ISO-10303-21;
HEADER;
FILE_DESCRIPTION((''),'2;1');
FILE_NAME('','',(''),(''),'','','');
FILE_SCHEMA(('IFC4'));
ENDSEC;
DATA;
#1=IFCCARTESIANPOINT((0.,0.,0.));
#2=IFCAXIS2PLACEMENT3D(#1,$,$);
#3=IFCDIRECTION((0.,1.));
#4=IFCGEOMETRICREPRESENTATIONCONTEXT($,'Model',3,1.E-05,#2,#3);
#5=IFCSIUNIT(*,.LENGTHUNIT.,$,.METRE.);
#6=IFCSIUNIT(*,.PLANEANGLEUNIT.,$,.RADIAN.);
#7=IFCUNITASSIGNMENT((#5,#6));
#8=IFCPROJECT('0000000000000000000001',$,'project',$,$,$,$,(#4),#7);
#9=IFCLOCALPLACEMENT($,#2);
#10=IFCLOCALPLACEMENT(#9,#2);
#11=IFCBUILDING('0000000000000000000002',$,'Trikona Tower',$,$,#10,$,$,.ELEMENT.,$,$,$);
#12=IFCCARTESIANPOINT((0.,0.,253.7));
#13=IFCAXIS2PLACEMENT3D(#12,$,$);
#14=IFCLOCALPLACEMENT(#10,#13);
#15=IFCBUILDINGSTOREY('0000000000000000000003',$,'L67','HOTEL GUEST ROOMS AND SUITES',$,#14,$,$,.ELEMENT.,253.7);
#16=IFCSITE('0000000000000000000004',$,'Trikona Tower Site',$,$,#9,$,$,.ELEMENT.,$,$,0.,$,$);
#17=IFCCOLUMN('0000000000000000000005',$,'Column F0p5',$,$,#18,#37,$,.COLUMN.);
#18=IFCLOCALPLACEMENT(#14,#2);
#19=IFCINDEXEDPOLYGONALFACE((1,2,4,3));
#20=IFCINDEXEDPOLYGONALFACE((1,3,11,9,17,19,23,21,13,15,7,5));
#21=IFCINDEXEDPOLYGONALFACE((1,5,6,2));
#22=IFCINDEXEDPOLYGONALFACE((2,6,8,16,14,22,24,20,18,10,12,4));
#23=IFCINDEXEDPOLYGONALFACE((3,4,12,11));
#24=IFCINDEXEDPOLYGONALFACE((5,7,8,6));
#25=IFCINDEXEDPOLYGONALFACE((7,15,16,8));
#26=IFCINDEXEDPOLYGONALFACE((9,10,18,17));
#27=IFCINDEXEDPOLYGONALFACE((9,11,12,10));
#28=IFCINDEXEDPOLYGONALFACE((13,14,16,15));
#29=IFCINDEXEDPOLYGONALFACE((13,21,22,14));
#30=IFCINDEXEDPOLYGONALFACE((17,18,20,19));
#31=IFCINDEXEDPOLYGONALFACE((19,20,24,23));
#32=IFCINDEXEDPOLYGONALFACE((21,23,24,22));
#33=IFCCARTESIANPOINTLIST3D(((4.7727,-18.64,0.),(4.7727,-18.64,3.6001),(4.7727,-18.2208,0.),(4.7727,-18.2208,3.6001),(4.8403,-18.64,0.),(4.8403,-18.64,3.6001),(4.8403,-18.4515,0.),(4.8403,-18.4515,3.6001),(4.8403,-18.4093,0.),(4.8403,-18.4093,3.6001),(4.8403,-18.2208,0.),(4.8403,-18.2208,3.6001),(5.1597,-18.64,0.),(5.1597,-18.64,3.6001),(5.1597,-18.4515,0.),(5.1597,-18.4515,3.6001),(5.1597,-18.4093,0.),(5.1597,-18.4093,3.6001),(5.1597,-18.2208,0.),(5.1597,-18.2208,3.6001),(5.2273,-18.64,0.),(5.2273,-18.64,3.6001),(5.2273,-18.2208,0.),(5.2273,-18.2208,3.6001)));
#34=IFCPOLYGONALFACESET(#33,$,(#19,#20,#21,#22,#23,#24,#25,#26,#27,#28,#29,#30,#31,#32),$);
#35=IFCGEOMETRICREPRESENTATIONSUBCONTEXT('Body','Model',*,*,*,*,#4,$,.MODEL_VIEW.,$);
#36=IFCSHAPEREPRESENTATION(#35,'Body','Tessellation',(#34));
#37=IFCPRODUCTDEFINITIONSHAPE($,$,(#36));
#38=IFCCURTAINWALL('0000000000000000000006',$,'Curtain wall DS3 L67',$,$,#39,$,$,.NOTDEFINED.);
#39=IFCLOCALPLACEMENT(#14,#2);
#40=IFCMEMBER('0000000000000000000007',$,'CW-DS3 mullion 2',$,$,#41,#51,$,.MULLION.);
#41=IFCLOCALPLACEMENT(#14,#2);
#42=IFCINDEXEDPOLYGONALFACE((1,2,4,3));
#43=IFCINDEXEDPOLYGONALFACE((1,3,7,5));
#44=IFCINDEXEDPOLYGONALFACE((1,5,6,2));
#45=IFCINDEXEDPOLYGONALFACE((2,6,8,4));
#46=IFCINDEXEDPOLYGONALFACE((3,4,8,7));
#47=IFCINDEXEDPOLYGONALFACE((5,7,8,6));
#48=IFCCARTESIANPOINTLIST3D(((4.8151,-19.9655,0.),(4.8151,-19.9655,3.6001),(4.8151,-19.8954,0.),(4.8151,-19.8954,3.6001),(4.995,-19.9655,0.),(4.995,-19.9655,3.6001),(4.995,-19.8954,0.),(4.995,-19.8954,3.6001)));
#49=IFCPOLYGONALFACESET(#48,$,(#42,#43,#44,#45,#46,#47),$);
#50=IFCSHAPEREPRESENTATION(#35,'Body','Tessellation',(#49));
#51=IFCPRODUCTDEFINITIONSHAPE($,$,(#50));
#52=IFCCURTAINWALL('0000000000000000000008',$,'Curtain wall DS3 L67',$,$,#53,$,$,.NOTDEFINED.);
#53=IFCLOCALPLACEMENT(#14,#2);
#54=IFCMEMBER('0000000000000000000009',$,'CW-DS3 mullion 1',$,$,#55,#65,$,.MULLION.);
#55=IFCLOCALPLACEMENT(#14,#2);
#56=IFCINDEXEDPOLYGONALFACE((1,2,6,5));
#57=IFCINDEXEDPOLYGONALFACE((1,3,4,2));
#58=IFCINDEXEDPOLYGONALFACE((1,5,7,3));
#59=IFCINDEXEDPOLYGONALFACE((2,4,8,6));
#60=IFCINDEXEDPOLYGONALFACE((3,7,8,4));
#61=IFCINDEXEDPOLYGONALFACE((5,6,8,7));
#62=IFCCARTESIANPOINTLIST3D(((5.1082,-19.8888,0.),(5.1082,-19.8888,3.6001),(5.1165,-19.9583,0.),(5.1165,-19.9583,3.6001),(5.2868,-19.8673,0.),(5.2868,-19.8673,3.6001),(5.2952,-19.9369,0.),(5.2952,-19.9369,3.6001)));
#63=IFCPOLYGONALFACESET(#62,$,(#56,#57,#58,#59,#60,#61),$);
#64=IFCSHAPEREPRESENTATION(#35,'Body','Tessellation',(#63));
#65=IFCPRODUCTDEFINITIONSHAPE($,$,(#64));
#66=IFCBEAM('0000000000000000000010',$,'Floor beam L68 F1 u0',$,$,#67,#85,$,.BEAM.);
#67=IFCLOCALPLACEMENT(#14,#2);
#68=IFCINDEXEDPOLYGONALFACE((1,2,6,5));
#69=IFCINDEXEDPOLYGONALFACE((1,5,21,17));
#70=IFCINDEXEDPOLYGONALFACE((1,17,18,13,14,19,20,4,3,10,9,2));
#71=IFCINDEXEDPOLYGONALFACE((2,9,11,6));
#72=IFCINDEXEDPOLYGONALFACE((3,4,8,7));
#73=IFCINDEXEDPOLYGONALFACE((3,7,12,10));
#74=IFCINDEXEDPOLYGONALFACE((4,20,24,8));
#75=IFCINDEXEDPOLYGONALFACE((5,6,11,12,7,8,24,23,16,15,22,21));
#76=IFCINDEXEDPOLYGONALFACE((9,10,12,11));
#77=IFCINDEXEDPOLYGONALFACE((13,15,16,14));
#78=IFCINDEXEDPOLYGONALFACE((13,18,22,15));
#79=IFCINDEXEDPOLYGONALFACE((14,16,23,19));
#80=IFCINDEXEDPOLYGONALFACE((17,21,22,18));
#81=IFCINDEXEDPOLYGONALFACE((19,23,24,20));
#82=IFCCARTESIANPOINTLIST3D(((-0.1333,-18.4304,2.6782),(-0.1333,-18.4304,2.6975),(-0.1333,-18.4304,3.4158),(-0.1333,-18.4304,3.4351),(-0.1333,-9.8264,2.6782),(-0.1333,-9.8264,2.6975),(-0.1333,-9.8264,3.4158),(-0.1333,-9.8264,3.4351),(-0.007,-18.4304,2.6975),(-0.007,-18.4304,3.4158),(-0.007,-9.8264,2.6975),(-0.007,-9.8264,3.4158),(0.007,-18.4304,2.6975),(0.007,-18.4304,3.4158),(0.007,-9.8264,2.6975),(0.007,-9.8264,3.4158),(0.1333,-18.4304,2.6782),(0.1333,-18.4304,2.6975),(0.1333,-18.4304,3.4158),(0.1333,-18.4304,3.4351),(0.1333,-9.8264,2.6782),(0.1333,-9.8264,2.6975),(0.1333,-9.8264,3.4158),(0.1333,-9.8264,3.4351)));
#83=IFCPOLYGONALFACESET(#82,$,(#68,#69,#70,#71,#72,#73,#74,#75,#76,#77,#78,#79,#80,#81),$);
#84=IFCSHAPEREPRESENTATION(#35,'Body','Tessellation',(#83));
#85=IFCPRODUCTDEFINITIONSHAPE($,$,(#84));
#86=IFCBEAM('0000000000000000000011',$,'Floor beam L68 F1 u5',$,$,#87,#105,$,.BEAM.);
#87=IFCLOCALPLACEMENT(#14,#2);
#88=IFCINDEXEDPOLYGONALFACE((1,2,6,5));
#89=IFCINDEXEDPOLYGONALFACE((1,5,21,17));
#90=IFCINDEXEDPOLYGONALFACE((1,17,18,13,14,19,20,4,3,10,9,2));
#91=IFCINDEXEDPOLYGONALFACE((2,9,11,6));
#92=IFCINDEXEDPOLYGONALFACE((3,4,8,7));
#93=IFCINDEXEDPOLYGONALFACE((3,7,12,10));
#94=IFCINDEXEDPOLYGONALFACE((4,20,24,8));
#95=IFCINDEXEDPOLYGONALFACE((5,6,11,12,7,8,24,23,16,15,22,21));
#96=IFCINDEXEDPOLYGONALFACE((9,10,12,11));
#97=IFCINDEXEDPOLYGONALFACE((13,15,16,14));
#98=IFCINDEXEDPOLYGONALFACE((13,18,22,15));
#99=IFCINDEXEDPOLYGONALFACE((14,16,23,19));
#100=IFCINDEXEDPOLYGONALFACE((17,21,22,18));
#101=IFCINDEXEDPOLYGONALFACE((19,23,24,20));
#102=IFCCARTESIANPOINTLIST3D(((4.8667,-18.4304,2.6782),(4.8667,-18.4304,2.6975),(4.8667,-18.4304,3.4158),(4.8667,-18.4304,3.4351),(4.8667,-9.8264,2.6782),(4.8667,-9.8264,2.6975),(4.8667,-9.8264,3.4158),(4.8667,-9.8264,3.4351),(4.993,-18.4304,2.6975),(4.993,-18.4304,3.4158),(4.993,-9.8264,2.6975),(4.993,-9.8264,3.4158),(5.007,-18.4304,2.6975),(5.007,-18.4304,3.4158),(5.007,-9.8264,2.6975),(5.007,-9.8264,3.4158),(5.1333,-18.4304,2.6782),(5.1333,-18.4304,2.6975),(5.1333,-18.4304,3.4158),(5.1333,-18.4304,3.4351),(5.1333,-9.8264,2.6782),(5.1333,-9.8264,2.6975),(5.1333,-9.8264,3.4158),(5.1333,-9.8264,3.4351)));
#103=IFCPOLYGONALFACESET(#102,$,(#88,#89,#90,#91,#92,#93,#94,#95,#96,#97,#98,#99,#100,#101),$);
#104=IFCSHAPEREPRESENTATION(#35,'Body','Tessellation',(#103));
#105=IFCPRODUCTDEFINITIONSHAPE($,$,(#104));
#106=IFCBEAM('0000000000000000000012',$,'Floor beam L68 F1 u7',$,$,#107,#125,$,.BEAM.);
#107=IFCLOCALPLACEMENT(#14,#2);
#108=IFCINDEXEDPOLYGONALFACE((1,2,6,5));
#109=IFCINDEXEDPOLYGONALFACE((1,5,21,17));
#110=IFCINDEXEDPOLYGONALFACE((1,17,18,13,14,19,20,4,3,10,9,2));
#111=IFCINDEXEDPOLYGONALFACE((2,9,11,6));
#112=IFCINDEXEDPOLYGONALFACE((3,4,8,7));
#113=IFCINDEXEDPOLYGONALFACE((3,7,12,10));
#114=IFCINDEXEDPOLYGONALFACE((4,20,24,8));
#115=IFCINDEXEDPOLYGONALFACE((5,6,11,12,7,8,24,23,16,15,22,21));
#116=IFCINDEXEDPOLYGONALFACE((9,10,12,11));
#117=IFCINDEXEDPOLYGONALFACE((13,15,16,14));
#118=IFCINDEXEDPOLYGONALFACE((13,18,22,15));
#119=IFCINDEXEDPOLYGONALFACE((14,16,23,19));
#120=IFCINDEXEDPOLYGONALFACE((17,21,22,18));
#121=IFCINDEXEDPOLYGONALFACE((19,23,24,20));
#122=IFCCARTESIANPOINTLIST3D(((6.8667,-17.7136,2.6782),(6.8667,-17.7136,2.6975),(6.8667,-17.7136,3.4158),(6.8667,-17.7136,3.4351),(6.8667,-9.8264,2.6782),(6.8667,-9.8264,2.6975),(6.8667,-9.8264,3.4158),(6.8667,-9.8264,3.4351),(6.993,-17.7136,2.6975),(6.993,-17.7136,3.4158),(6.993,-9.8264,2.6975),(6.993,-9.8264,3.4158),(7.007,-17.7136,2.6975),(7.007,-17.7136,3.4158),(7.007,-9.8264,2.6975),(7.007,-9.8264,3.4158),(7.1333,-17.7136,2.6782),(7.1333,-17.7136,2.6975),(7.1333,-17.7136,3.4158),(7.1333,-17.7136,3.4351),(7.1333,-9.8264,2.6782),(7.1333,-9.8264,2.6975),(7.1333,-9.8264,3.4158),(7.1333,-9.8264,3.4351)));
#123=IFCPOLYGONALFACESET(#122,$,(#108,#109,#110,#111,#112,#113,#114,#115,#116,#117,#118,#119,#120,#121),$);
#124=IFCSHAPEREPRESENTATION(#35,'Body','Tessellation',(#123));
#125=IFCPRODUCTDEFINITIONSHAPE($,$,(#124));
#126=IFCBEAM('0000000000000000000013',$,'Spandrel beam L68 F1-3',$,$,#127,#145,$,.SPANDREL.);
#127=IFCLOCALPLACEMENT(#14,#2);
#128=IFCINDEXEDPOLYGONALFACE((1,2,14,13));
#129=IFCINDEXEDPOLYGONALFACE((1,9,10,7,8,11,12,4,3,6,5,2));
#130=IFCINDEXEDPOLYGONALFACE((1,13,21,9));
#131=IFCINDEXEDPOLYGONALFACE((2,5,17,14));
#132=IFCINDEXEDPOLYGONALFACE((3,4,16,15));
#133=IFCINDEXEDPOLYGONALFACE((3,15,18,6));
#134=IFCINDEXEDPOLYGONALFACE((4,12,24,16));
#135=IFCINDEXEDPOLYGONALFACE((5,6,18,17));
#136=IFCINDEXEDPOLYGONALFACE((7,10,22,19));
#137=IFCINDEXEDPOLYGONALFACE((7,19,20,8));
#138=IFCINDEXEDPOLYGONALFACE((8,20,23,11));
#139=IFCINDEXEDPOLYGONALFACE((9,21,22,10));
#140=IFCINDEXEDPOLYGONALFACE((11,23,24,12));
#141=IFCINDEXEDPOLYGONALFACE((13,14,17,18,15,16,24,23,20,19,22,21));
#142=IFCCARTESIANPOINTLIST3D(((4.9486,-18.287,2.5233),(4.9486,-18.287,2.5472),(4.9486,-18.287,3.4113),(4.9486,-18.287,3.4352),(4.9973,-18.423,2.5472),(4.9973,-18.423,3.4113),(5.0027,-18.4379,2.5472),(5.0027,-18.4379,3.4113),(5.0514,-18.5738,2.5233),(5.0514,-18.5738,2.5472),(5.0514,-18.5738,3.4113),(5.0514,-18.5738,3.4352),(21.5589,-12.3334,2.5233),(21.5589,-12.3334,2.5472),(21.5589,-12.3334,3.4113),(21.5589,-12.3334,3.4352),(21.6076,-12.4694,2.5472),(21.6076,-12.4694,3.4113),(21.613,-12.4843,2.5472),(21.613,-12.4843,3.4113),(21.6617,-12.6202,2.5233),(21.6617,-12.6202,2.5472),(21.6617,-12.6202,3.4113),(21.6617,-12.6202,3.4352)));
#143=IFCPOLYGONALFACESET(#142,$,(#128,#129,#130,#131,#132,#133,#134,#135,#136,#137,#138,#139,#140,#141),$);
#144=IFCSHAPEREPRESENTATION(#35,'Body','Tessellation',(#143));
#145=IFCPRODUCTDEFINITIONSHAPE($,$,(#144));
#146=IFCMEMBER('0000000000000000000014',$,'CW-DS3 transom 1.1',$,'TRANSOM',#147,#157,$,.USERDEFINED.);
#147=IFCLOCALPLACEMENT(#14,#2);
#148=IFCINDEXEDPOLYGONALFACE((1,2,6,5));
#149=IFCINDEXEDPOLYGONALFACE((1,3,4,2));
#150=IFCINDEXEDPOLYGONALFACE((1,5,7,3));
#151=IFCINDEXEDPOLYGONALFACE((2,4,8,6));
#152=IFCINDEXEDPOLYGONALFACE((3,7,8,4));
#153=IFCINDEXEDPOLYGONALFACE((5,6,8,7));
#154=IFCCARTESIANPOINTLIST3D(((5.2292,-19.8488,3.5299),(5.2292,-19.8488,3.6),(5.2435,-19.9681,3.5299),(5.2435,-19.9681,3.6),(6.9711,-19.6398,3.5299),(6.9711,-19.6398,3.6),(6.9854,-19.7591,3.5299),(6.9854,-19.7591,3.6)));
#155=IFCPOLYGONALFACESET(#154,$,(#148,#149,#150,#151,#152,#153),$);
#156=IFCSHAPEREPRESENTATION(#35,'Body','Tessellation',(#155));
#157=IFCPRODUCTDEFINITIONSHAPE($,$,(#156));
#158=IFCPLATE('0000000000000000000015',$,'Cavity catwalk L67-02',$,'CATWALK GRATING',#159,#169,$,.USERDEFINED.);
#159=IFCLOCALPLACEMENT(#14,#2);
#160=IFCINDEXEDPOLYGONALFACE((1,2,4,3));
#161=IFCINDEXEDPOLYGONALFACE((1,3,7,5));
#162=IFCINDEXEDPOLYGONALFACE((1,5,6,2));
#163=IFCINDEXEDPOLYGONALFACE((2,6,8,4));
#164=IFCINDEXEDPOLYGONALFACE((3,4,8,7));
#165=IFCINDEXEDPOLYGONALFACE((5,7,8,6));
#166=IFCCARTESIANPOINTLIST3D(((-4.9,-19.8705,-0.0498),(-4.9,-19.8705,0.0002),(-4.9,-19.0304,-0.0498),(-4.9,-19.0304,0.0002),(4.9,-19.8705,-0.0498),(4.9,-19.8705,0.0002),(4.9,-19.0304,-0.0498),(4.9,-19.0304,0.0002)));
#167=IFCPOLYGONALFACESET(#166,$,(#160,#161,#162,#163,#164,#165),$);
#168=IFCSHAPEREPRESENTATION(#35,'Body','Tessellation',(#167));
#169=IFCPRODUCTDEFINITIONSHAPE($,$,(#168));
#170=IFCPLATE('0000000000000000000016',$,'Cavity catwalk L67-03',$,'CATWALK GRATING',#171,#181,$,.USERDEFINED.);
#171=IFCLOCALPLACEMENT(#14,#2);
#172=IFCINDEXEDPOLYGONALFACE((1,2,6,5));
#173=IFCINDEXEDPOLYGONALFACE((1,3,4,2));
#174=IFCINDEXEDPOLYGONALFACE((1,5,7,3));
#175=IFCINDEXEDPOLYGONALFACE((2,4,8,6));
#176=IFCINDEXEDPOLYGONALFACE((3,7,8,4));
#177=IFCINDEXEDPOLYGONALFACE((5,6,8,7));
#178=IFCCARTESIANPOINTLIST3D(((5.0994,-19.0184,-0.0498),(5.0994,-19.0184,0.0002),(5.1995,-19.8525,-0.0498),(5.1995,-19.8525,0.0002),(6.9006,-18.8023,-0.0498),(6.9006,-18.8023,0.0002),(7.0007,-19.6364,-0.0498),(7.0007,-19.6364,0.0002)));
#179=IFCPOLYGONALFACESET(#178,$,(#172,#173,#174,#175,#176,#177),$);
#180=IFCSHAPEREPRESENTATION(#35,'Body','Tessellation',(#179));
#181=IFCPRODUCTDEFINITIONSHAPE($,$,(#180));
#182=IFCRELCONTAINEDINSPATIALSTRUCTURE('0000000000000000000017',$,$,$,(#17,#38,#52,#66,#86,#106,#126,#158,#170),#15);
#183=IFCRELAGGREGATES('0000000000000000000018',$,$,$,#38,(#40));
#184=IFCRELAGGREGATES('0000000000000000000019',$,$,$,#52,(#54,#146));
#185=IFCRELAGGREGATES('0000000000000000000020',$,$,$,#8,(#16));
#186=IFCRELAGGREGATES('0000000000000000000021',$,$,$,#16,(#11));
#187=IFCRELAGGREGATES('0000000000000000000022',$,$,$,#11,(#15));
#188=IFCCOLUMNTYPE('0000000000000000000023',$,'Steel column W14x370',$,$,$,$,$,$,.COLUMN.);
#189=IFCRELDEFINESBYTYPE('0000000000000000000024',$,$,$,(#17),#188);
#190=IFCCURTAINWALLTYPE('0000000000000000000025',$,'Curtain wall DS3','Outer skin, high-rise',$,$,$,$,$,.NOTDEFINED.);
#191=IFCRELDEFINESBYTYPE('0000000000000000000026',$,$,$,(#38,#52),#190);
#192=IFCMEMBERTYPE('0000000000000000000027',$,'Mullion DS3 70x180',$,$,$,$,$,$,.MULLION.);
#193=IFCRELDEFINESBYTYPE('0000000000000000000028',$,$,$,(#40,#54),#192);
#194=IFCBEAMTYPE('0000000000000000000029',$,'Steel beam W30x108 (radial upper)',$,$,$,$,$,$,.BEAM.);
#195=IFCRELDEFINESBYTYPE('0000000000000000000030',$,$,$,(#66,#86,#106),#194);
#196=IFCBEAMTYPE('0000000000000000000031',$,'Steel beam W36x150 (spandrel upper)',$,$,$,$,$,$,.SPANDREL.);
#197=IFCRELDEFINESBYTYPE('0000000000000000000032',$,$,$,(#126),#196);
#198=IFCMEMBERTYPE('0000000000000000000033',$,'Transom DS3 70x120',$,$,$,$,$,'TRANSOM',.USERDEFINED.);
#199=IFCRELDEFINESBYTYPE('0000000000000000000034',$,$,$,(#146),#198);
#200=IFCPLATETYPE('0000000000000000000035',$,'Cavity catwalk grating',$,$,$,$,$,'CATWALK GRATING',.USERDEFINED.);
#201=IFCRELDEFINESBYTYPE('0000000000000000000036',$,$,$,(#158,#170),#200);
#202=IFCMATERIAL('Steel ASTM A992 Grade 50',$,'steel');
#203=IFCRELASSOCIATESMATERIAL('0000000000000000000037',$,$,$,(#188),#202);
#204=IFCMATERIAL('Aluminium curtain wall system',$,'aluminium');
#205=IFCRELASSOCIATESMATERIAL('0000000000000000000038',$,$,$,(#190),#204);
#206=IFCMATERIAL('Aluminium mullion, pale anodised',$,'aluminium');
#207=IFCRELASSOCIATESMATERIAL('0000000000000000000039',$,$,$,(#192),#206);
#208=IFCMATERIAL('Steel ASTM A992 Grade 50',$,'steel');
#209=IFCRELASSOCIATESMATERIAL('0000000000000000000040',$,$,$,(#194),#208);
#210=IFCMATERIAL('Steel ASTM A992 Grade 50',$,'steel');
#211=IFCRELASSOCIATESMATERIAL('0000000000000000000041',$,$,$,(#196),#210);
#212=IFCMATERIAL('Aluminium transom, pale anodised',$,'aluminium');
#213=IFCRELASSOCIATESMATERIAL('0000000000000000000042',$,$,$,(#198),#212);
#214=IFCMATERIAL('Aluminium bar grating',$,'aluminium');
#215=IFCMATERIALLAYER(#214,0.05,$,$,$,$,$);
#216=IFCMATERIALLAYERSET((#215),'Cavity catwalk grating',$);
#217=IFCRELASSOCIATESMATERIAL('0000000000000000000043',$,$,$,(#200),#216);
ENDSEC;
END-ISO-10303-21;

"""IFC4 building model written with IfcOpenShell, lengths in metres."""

from ifc_helpers import new_model, si_unit, direction, frame, origin, origin_2d, place, context, subcontext, project, spatial, rectangle, i_section, extrude, material, layer, layer_set, material_profile, profile_set, type_object, element, aggregate, save


model = new_model("IFC4")

# Units and contexts
model_context = context("Model", 3, precision=1e-05, world=origin(), true_north=direction((0.0, 1.0)))
body_context = subcontext(model_context, "Body", "Model", "MODEL_VIEW")
ifc_project = project(units=[si_unit("LENGTHUNIT", "METRE"), si_unit("PLANEANGLEUNIT", "RADIAN")], contexts=[model_context])

# Site, building, storey
site_placement = place(None, origin())
site = spatial("IfcSite", under=ifc_project, at=site_placement, Name="Trikona Tower Site", CompositionType="ELEMENT", RefElevation=0.0)
building_placement = place(site_placement, origin())
building = spatial("IfcBuilding", under=site, at=building_placement, Name="Trikona Tower", CompositionType="ELEMENT")
storey_placement = place(building_placement, frame((0.0, 0.0, 253.7)))
storey = spatial("IfcBuildingStorey", under=building, at=storey_placement, Name="L67", Description="HOTEL GUEST ROOMS AND SUITES", CompositionType="ELEMENT", Elevation=253.7)

# Column
ifc_material_1 = material(Name="Steel ASTM A992 Grade 50", Category="steel")
ifc_material_profile_1 = material_profile(ifc_material_1, i_section(OverallWidth=0.4192, OverallDepth=0.4546, WebThickness=0.0422, FlangeThickness=0.0676, at=origin_2d()), Name="W14X370")
ifc_profile_set_1 = profile_set([ifc_material_profile_1], Name="Steel ASTM A992 Grade 50")
column_type = type_object("IfcColumnType", Name="Steel column W14x370", PredefinedType="COLUMN", material=ifc_profile_set_1)
column_placement = place(storey_placement, frame((5.0, -18.4304, 0.0), z_axis=(0.0, 0.0, 1.0), x_axis=(0.0, -1.0, 0.0)))
element("IfcColumn", 1, at=column_placement, inside=storey, type_object=column_type, Name="Column F0p5", PredefinedType="COLUMN", context=body_context, shape_type="SweptSolid", body=[
    extrude(i_section(OverallWidth=0.4192, OverallDepth=0.4546, WebThickness=0.0422, FlangeThickness=0.0676, at=origin_2d()), origin(), (0.0, 0.0, 1.0), 3.6001),
])

# Curtain walls, members
ifc_material_2 = material(Name="Aluminium curtain wall system", Category="aluminium")
curtain_wall_type = type_object("IfcCurtainWallType", Name="Curtain wall DS3", Description="Outer skin, high-rise", PredefinedType="NOTDEFINED", material=ifc_material_2)
curtain_wall_1_placement = place(storey_placement, origin())
curtain_wall_1 = element("IfcCurtainWall", 2, at=curtain_wall_1_placement, inside=storey, type_object=curtain_wall_type, Name="Curtain wall DS3 L67", PredefinedType="NOTDEFINED")
ifc_material_3 = material(Name="Aluminium mullion, pale anodised", Category="aluminium")
ifc_material_profile_2 = material_profile(ifc_material_3, rectangle(XDim=0.0701, YDim=0.1799, at=origin_2d()), Name="MUL-DS3")
ifc_profile_set_2 = profile_set([ifc_material_profile_2], Name="Aluminium mullion, pale anodised")
member_type_1 = type_object("IfcMemberType", Name="Mullion DS3 70x180", PredefinedType="MULLION", material=ifc_profile_set_2)
member_1_placement = place(storey_placement, frame((4.905, -19.9304, 0.0), z_axis=(0.0, 0.0, 1.0), x_axis=(0.0, 1.0, 0.0)))
member_1 = element("IfcMember", 3, at=member_1_placement, type_object=member_type_1, Name="CW-DS3 mullion 2", PredefinedType="MULLION", context=body_context, shape_type="SweptSolid", body=[
    extrude(rectangle(XDim=0.0701, YDim=0.1799, at=origin_2d()), origin(), (0.0, 0.0, 1.0), 3.6001),
])
curtain_wall_2_placement = place(storey_placement, origin())
curtain_wall_2 = element("IfcCurtainWall", 4, at=curtain_wall_2_placement, inside=storey, type_object=curtain_wall_type, Name="Curtain wall DS3 L67", PredefinedType="NOTDEFINED")
member_2_placement = place(storey_placement, frame((5.2017, -19.9128, 0.0), z_axis=(0.0, 0.0, 1.0), x_axis=(-0.119141, 0.992877, 0.0)))
member_2 = element("IfcMember", 5, at=member_2_placement, type_object=member_type_1, Name="CW-DS3 mullion 1", PredefinedType="MULLION", context=body_context, shape_type="SweptSolid", body=[
    extrude(rectangle(XDim=0.0701, YDim=0.1799, at=origin_2d()), origin(), (0.0, 0.0, 1.0), 3.6001),
])

# Beams
ifc_material_4 = material(Name="Steel ASTM A992 Grade 50", Category="steel")
ifc_material_profile_3 = material_profile(ifc_material_4, i_section(OverallWidth=0.2666, OverallDepth=0.7568, WebThickness=0.0139, FlangeThickness=0.0193, at=origin_2d()), Name="W30X108")
ifc_profile_set_3 = profile_set([ifc_material_profile_3], Name="Steel ASTM A992 Grade 50")
beam_type_1 = type_object("IfcBeamType", Name="Steel beam W30x108 (radial upper)", PredefinedType="BEAM", material=ifc_profile_set_3)
for number, where, z_axis, x_axis, name in (
    (6, (0.0, -9.8264, 3.0566), (0.0, -1.0, 0.0), (1.0, 0.0, 0.0), "Floor beam L68 F1 u0"),
    (7, (5.0, -9.8264, 3.0566), (0.0, -1.0, 0.0), (1.0, 0.0, 0.0), "Floor beam L68 F1 u5"),
):
    element("IfcBeam", number, at=place(storey_placement, frame(where, z_axis=z_axis, x_axis=x_axis)), inside=storey, type_object=beam_type_1, Name=name, PredefinedType="BEAM", context=body_context, shape_type="SweptSolid", body=[
        extrude(i_section(OverallWidth=0.2666, OverallDepth=0.7568, WebThickness=0.0139, FlangeThickness=0.0193, at=origin_2d()), origin(), (0.0, 0.0, 1.0), 8.604),
    ])
beam_1_placement = place(storey_placement, frame((7.0, -9.8264, 3.0566), z_axis=(0.0, -1.0, 0.0), x_axis=(1.0, 0.0, 0.0)))
element("IfcBeam", 8, at=beam_1_placement, inside=storey, type_object=beam_type_1, Name="Floor beam L68 F1 u7", PredefinedType="BEAM", context=body_context, shape_type="SweptSolid", body=[
    extrude(i_section(OverallWidth=0.2666, OverallDepth=0.7568, WebThickness=0.0139, FlangeThickness=0.0193, at=origin_2d()), origin(), (0.0, 0.0, 1.0), 7.8872),
])
ifc_material_5 = material(Name="Steel ASTM A992 Grade 50", Category="steel")
ifc_material_profile_4 = material_profile(ifc_material_5, i_section(OverallWidth=0.3047, OverallDepth=0.9119, WebThickness=0.0159, FlangeThickness=0.0239, at=origin_2d()), Name="W36X150")
ifc_profile_set_4 = profile_set([ifc_material_profile_4], Name="Steel ASTM A992 Grade 50")
beam_type_2 = type_object("IfcBeamType", Name="Steel beam W36x150 (spandrel upper)", PredefinedType="SPANDREL", material=ifc_profile_set_4)
beam_2_placement = place(storey_placement, frame((5.0, -18.4304, 2.9792), z_axis=(0.941358, 0.337409, 0.0), x_axis=(-0.337409, 0.941358, 0.0)))
element("IfcBeam", 9, at=beam_2_placement, inside=storey, type_object=beam_type_2, Name="Spandrel beam L68 F1-3", PredefinedType="SPANDREL", context=body_context, shape_type="SweptSolid", body=[
    extrude(i_section(OverallWidth=0.3047, OverallDepth=0.9119, WebThickness=0.0159, FlangeThickness=0.0239, at=origin_2d()), origin(), (0.0, 0.0, 1.0), 17.645),
])

# Member
ifc_material_6 = material(Name="Aluminium transom, pale anodised", Category="aluminium")
ifc_material_profile_5 = material_profile(ifc_material_6, rectangle(XDim=0.1201, YDim=0.0701, at=origin_2d()), Name="TRN-DS3")
ifc_profile_set_5 = profile_set([ifc_material_profile_5], Name="Aluminium transom, pale anodised")
member_type_2 = type_object("IfcMemberType", Name="Transom DS3 70x120", ElementType="TRANSOM", PredefinedType="USERDEFINED", material=ifc_profile_set_5)
member_3_placement = place(storey_placement, frame((5.2363, -19.9084, 3.5649), z_axis=(0.99288, 0.119118, 0.0), x_axis=(-0.119118, 0.99288, 0.0)))
member_3 = element("IfcMember", 10, at=member_3_placement, type_object=member_type_2, Name="CW-DS3 transom 1.1", ObjectType="TRANSOM", PredefinedType="USERDEFINED", context=body_context, shape_type="SweptSolid", body=[
    extrude(rectangle(XDim=0.1201, YDim=0.0701, at=origin_2d()), origin(), (0.0, 0.0, 1.0), 1.7544),
])

# Plates
ifc_material_7 = material(Name="Aluminium bar grating", Category="aluminium")
ifc_layer_1 = layer(ifc_material_7, 0.05)
ifc_layer_set_1 = layer_set([ifc_layer_1], Name="Cavity catwalk grating")
plate_type_1 = type_object("IfcPlateType", Name="Cavity catwalk grating", ElementType="CATWALK GRATING", PredefinedType="USERDEFINED", material=ifc_layer_set_1)
plate_1_placement = place(storey_placement, frame((0.0, -19.4504, -0.0498), z_axis=(0.0, 0.0, 1.0), x_axis=(1.0, 0.0, 0.0)))
element("IfcPlate", 11, at=plate_1_placement, inside=storey, type_object=plate_type_1, Name="Cavity catwalk L67-02", ObjectType="CATWALK GRATING", PredefinedType="USERDEFINED", context=body_context, shape_type="SweptSolid", body=[
    extrude(rectangle(XDim=9.8, YDim=0.8401, at=origin_2d()), origin(), (0.0, 0.0, 1.0), 0.05),
])
plate_2_placement = place(storey_placement, frame((6.05, -19.3274, -0.0498), z_axis=(0.0, 0.0, 1.0), x_axis=(0.992877, 0.119146, 0.0)))
element("IfcPlate", 12, at=plate_2_placement, inside=storey, type_object=plate_type_1, Name="Cavity catwalk L67-03", ObjectType="CATWALK GRATING", PredefinedType="USERDEFINED", context=body_context, shape_type="SweptSolid", body=[
    extrude(rectangle(XDim=1.8142, YDim=0.8401, at=origin_2d()), origin(), (0.0, 0.0, 1.0), 0.05),
])

aggregate(curtain_wall_1, [member_1])
aggregate(curtain_wall_2, [member_2, member_3])

save(model, "model.ifc")
